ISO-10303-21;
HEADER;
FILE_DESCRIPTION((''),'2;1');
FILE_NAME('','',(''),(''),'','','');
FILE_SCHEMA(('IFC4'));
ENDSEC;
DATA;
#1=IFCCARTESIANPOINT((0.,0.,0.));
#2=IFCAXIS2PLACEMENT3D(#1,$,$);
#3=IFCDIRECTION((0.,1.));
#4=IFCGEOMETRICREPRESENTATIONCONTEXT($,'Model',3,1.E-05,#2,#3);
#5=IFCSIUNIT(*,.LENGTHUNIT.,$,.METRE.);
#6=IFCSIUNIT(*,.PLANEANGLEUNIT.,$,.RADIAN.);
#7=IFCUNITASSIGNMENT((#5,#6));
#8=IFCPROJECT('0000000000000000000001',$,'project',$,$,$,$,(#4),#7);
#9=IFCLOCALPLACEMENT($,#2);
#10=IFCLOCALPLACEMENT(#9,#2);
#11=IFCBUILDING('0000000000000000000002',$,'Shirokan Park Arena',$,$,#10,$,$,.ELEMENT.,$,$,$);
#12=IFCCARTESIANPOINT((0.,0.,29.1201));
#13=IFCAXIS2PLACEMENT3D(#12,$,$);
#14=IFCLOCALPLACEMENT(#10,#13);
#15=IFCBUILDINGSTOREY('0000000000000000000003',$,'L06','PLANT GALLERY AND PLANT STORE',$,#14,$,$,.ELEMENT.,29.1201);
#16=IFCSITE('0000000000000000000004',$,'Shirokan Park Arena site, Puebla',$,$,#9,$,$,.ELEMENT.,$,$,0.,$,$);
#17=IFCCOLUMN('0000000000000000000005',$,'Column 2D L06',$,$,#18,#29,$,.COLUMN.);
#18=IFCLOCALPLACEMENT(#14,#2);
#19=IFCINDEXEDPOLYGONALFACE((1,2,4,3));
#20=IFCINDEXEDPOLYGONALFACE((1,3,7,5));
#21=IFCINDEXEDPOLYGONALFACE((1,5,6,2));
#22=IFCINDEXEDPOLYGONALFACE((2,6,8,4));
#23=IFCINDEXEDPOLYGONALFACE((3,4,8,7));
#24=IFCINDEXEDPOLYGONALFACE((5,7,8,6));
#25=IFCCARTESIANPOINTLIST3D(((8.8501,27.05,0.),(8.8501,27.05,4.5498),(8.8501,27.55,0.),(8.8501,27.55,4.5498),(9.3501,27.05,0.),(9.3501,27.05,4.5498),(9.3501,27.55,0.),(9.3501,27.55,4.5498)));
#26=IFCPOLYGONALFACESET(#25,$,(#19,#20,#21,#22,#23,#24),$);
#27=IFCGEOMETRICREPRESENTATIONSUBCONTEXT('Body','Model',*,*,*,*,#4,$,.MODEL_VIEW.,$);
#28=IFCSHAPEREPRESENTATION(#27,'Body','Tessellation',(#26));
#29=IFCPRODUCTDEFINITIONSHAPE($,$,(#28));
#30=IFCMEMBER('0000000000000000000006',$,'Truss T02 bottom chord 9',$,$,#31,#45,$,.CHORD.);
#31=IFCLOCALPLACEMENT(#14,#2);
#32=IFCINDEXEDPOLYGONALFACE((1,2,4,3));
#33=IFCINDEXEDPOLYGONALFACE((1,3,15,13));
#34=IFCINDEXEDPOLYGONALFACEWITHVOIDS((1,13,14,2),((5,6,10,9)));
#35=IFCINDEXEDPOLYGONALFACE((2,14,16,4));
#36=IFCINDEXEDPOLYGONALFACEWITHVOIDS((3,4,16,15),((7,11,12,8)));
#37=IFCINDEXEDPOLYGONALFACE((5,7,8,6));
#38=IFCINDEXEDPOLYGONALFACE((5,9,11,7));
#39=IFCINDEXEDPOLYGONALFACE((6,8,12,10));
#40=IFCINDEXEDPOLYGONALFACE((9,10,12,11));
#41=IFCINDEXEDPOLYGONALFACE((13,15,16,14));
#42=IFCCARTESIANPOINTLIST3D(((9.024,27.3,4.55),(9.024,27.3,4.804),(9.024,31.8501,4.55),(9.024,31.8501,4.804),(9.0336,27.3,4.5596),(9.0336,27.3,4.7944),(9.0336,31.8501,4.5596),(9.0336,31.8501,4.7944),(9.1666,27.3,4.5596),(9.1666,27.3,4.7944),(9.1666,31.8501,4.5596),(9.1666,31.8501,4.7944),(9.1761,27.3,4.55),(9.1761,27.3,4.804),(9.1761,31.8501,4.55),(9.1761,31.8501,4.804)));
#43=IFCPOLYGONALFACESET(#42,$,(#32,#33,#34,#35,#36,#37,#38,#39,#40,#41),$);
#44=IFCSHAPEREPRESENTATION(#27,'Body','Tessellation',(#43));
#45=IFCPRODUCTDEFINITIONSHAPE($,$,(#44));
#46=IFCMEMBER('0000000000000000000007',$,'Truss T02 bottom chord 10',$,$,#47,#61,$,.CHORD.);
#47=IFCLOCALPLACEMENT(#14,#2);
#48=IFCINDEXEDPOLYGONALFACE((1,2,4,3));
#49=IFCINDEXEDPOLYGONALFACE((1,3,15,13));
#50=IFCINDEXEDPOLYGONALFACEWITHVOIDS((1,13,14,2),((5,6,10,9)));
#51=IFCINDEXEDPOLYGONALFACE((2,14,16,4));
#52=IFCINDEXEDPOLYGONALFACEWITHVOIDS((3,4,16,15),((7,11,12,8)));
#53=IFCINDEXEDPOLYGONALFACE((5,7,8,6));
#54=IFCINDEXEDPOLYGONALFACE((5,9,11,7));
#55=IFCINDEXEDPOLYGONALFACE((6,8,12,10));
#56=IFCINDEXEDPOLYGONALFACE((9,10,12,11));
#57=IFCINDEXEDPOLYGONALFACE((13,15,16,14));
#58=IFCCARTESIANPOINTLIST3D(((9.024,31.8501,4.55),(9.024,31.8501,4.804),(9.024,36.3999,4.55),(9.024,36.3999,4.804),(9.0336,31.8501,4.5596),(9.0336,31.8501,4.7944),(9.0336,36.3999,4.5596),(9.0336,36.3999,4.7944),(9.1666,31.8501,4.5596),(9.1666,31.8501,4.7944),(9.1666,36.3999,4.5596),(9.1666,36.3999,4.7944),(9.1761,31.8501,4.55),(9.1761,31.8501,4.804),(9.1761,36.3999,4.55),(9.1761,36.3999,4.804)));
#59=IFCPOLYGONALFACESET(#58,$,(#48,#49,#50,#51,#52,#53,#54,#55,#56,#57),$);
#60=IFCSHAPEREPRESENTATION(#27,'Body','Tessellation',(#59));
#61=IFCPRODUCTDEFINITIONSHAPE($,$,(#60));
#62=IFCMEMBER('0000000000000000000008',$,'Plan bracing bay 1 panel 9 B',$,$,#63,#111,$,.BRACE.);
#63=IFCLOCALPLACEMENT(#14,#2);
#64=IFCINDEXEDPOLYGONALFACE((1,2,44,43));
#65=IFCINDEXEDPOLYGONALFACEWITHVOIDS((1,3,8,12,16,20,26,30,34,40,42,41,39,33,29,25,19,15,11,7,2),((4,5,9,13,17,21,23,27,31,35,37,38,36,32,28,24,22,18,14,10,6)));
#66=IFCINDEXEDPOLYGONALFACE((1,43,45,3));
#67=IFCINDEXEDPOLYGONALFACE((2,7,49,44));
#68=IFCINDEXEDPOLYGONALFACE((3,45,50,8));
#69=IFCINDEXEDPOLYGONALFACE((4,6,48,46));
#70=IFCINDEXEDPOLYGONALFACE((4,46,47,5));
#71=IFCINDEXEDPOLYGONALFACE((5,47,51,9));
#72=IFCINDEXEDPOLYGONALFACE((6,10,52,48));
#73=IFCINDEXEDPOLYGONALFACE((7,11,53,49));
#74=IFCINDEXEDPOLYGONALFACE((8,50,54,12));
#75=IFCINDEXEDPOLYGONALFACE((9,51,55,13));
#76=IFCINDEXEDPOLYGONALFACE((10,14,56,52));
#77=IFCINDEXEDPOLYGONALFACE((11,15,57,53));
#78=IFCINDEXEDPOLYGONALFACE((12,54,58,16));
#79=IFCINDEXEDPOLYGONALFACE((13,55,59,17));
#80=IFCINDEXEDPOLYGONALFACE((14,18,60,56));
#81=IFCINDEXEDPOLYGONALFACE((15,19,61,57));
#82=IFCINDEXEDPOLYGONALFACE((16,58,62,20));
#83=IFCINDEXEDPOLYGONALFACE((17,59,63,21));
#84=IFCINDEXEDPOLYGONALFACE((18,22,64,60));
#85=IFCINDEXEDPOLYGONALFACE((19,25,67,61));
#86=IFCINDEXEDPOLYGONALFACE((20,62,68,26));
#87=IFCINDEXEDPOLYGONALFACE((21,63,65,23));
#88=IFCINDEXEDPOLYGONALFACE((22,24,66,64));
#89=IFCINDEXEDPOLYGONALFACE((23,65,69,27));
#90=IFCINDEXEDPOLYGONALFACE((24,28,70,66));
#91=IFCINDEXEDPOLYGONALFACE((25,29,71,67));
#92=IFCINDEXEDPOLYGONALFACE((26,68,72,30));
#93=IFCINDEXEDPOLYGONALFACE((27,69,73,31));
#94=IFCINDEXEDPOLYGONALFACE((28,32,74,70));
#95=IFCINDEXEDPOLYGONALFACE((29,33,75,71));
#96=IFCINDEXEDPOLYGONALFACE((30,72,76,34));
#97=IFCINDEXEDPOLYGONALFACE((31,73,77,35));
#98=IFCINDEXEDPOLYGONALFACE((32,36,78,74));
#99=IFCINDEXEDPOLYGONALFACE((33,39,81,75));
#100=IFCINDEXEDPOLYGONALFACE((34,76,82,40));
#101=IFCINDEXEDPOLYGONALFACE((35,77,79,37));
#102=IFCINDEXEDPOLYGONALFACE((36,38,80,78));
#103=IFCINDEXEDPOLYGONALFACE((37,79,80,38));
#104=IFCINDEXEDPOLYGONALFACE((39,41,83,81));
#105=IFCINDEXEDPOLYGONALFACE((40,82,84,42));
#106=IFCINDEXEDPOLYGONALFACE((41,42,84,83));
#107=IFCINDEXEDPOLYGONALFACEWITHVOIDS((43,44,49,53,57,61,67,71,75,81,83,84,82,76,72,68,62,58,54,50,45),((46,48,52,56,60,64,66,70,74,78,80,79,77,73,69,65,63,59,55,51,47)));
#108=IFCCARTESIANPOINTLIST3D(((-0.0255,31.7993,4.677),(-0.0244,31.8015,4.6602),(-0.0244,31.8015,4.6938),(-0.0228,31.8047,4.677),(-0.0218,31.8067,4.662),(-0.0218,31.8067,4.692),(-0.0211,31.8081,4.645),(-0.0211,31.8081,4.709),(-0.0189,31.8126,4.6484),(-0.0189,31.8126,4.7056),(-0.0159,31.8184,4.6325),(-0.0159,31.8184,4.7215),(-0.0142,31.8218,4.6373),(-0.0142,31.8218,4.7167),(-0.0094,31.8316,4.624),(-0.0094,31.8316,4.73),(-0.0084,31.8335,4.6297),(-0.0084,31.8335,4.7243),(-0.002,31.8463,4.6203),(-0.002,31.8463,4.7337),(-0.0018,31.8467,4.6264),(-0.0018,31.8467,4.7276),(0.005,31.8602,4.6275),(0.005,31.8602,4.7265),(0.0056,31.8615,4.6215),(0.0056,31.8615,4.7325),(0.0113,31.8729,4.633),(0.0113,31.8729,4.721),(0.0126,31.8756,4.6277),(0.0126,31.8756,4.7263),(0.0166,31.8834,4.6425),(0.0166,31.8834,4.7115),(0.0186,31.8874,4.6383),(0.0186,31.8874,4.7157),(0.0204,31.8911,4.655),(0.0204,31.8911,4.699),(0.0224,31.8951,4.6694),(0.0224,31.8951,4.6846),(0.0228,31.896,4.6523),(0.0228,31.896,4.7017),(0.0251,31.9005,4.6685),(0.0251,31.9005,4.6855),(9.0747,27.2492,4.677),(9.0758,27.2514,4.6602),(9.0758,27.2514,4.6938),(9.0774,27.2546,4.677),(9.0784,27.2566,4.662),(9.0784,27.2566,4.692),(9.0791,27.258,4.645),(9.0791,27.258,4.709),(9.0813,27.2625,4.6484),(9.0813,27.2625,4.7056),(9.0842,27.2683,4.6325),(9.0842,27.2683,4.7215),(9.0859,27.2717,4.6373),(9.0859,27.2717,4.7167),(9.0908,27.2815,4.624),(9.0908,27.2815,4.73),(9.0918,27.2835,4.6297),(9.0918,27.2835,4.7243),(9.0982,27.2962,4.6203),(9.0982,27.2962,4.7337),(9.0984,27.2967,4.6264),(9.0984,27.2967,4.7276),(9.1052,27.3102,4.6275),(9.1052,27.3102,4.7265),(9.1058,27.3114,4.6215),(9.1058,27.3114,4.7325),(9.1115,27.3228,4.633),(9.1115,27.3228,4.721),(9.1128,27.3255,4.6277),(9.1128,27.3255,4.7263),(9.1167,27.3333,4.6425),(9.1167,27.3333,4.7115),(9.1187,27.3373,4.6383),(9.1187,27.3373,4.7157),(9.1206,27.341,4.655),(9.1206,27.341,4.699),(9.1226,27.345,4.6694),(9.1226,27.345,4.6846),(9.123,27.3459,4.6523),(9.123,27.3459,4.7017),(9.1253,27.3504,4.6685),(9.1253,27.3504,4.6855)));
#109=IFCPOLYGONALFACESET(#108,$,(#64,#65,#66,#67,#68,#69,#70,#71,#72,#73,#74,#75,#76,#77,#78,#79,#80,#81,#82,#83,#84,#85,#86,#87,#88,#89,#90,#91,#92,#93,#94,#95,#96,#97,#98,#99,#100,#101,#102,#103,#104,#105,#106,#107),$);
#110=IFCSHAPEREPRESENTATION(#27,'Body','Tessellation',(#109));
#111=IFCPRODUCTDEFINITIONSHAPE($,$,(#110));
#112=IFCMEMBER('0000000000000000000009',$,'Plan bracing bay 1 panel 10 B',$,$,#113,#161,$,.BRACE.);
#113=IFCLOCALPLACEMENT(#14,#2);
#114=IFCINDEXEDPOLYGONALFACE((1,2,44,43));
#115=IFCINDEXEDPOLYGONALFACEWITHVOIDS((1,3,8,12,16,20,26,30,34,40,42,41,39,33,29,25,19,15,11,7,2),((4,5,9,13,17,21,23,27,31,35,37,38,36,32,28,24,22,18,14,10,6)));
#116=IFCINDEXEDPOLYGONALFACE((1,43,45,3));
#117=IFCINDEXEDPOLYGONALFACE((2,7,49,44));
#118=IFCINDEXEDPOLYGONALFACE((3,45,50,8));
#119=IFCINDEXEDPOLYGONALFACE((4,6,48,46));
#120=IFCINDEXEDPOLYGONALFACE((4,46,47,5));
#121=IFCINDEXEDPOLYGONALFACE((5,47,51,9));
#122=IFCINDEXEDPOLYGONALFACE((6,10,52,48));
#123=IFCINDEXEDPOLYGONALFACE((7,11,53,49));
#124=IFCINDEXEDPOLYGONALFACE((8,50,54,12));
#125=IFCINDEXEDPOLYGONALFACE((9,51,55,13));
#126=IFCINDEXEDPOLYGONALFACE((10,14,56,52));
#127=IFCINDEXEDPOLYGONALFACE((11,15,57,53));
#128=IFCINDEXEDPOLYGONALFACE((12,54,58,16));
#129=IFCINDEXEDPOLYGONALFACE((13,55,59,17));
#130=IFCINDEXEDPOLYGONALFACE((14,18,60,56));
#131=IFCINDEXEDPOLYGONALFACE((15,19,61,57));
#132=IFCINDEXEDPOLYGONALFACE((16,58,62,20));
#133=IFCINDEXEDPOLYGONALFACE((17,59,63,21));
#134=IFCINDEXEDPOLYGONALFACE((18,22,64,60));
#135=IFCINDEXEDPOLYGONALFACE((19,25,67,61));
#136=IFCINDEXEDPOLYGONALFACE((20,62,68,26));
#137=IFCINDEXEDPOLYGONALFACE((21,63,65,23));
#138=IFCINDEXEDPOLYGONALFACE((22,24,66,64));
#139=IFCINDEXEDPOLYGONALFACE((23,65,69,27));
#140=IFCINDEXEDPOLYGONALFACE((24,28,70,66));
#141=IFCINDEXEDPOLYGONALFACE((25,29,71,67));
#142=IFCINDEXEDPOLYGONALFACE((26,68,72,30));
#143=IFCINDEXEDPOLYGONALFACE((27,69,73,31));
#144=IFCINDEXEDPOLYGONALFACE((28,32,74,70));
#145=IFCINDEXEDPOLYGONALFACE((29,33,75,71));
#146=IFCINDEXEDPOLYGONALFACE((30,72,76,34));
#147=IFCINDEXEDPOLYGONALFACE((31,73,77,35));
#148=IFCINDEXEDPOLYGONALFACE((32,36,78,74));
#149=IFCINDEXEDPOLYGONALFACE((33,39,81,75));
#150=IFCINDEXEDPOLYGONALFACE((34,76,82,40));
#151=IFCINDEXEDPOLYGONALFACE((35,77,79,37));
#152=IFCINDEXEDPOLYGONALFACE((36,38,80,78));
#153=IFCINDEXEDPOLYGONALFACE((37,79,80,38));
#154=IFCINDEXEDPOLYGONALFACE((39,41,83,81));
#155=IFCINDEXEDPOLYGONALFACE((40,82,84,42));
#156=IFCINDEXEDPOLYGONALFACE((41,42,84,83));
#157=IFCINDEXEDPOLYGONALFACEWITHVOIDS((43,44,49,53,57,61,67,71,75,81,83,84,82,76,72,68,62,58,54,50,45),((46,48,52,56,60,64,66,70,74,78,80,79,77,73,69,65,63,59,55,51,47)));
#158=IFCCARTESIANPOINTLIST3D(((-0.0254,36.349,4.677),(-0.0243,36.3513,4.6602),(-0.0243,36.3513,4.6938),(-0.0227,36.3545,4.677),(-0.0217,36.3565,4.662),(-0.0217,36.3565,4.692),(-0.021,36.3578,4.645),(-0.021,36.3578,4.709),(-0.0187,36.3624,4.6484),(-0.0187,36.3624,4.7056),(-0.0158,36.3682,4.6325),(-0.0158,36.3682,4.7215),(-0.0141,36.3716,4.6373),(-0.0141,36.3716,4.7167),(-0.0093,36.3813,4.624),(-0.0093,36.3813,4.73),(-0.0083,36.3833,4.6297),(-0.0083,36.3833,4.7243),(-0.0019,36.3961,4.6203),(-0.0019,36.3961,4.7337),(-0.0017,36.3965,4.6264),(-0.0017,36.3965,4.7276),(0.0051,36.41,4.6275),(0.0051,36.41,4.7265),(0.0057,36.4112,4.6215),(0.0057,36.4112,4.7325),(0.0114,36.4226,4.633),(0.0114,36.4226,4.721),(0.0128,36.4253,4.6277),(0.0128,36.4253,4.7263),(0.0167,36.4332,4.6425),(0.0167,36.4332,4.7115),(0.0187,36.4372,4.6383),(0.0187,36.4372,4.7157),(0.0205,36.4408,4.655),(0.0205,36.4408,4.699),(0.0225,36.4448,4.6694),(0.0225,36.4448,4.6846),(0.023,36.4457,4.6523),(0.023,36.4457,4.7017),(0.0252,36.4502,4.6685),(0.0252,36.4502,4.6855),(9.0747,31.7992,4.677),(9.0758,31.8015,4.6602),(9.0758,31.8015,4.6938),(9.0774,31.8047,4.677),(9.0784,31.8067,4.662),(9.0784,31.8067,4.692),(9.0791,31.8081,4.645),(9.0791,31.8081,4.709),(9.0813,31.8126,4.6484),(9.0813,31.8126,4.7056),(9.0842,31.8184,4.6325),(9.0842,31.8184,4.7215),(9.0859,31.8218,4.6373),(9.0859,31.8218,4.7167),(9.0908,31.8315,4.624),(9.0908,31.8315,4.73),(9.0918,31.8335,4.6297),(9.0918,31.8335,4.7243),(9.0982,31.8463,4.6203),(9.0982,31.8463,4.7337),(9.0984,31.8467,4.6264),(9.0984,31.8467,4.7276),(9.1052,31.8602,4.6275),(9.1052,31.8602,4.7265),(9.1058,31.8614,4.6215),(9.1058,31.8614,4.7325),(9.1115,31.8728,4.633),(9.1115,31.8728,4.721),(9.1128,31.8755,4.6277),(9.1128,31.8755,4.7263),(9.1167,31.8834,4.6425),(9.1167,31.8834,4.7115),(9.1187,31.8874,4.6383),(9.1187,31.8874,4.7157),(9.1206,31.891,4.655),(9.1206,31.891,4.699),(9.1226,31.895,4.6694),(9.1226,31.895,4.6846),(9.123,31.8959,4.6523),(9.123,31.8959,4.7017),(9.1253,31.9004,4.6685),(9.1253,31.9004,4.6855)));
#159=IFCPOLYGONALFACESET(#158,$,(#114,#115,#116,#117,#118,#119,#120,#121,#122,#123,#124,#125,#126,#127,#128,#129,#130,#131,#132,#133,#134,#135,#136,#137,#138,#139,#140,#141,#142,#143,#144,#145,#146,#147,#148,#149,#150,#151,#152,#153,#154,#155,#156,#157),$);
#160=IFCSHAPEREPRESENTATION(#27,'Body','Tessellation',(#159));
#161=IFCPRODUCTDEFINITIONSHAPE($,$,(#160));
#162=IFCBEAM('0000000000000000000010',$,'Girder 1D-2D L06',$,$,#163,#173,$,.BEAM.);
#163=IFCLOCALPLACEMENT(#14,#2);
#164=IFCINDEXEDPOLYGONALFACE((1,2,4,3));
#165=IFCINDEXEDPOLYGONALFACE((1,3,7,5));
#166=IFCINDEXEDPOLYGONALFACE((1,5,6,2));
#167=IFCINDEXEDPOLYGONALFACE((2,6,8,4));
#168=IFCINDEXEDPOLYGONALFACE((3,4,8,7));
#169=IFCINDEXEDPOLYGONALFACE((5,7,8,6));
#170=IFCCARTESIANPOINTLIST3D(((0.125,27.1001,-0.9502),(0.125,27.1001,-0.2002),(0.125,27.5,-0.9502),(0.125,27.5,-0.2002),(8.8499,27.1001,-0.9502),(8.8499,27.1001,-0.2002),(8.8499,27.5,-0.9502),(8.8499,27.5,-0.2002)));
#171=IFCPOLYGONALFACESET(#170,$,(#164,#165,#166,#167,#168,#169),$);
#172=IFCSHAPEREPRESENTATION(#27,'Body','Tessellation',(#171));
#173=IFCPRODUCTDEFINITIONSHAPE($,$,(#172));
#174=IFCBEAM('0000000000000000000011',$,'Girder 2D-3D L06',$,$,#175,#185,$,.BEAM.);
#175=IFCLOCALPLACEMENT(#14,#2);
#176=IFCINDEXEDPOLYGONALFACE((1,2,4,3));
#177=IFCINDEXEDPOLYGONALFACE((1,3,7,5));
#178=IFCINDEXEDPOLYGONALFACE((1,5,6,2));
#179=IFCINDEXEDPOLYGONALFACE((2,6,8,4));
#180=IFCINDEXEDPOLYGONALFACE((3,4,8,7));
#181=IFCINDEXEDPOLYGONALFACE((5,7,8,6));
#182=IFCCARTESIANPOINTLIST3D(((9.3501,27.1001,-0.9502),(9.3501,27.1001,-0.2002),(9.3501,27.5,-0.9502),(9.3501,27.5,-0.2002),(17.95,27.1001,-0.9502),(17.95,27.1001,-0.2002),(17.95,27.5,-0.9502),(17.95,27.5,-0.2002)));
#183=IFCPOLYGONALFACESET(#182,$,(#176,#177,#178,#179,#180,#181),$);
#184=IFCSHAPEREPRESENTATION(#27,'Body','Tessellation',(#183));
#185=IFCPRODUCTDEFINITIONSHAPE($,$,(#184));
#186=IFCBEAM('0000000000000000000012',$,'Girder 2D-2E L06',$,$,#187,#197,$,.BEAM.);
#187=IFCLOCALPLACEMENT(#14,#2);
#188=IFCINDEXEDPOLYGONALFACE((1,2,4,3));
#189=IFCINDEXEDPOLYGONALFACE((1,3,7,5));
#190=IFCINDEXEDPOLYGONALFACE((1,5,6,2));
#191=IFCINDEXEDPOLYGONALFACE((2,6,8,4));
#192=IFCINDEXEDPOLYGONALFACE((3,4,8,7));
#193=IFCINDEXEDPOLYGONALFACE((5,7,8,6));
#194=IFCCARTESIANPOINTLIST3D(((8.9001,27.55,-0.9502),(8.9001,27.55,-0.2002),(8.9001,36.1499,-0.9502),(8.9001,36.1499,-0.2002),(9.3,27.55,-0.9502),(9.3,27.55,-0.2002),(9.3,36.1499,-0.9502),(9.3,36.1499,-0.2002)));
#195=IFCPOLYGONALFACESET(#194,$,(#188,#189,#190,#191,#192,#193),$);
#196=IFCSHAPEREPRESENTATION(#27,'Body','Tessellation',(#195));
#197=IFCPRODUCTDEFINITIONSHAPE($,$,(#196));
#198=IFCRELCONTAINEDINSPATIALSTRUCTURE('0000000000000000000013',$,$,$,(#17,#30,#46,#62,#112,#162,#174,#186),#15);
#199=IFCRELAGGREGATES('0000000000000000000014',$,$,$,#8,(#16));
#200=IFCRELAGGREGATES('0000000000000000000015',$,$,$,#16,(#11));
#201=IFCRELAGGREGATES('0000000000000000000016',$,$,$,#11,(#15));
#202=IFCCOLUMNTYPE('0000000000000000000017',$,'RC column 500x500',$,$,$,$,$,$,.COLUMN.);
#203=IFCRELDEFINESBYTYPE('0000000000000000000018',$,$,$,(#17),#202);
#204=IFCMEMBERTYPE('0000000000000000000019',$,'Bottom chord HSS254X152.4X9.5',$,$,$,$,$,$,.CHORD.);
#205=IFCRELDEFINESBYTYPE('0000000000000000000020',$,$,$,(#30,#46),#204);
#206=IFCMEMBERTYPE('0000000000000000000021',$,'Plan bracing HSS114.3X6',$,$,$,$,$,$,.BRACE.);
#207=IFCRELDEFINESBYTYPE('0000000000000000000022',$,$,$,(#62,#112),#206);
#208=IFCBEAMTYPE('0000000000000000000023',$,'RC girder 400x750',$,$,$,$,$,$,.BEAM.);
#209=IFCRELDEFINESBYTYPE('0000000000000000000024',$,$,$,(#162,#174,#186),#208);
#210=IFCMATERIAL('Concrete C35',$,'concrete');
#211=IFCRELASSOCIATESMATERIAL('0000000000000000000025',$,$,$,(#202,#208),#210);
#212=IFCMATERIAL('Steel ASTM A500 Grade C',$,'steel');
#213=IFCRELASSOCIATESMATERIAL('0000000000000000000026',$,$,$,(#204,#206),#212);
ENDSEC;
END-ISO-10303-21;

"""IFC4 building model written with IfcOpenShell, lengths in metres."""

from ifc_helpers import new_model, si_unit, direction, frame, origin, origin_2d, place, context, subcontext, project, spatial, rectangle, hollow_rectangle, hollow_circle, extrude, material, material_profile, profile_set, type_object, element, save


model = new_model("IFC4")

# Units and contexts
model_context = context("Model", 3, precision=1e-05, world=origin(), true_north=direction((0.0, 1.0)))
body_context = subcontext(model_context, "Body", "Model", "MODEL_VIEW")
ifc_project = project(units=[si_unit("LENGTHUNIT", "METRE"), si_unit("PLANEANGLEUNIT", "RADIAN")], contexts=[model_context])

# Site, building, storey
site_placement = place(None, origin())
site = spatial("IfcSite", under=ifc_project, at=site_placement, Name="Shirokan Park Arena site, Puebla", CompositionType="ELEMENT", RefElevation=0.0)
building_placement = place(site_placement, origin())
building = spatial("IfcBuilding", under=site, at=building_placement, Name="Shirokan Park Arena", CompositionType="ELEMENT")
storey_placement = place(building_placement, frame((0.0, 0.0, 29.1201)))
storey = spatial("IfcBuildingStorey", under=building, at=storey_placement, Name="L06", Description="PLANT GALLERY AND PLANT STORE", CompositionType="ELEMENT", Elevation=29.1201)

# Column
ifc_material_1 = material(Name="Concrete C35", Category="concrete")
ifc_material_profile_1 = material_profile(ifc_material_1, rectangle(XDim=0.5, YDim=0.5, at=origin_2d()), Name="500x500")
ifc_profile_set_1 = profile_set([ifc_material_profile_1], Name="Concrete C35")
column_type = type_object("IfcColumnType", Name="RC column 500x500", PredefinedType="COLUMN", material=ifc_profile_set_1)
column_placement = place(storey_placement, frame((9.1001, 27.3, 0.0), z_axis=(0.0, 0.0, 1.0), x_axis=(1.0, 0.0, 0.0)))
element("IfcColumn", 1, at=column_placement, inside=storey, type_object=column_type, Name="Column 2D L06", PredefinedType="COLUMN", context=body_context, shape_type="SweptSolid", body=[
    extrude(rectangle(XDim=0.5, YDim=0.5, at=origin_2d()), origin(), (0.0, 0.0, 1.0), 4.5498),
])

# Members
ifc_material_2 = material(Name="Steel ASTM A500 Grade C", Category="steel")
ifc_material_profile_2 = material_profile(ifc_material_2, hollow_rectangle(XDim=0.1521, YDim=0.2539, WallThickness=0.0095, at=origin_2d()), Name="HSS254X152.4X9.5")
ifc_profile_set_2 = profile_set([ifc_material_profile_2], Name="Steel ASTM A500 Grade C")
member_type_1 = type_object("IfcMemberType", Name="Bottom chord HSS254X152.4X9.5", PredefinedType="CHORD", material=ifc_profile_set_2)
member_1_placement = place(storey_placement, frame((9.1001, 27.3, 4.677), z_axis=(0.0, 1.0, 0.0), x_axis=(-1.0, 0.0, 0.0)))
element("IfcMember", 2, at=member_1_placement, inside=storey, type_object=member_type_1, Name="Truss T02 bottom chord 9", PredefinedType="CHORD", context=body_context, shape_type="SweptSolid", body=[
    extrude(hollow_rectangle(XDim=0.1521, YDim=0.2539, WallThickness=0.0095, at=origin_2d()), origin(), (0.0, 0.0, 1.0), 4.55),
])
member_2_placement = place(storey_placement, frame((9.1001, 31.8501, 4.677), z_axis=(0.0, 1.0, 0.0), x_axis=(-1.0, 0.0, 0.0)))
element("IfcMember", 3, at=member_2_placement, inside=storey, type_object=member_type_1, Name="Truss T02 bottom chord 10", PredefinedType="CHORD", context=body_context, shape_type="SweptSolid", body=[
    extrude(hollow_rectangle(XDim=0.1521, YDim=0.2539, WallThickness=0.0095, at=origin_2d()), origin(), (0.0, 0.0, 1.0), 4.5498),
])
ifc_material_profile_3 = material_profile(ifc_material_2, hollow_circle(Radius=0.0569, WallThickness=0.0061, at=origin_2d()), Name="HSS114.3X6")
ifc_profile_set_3 = profile_set([ifc_material_profile_3], Name="Steel ASTM A500 Grade C")
member_type_2 = type_object("IfcMemberType", Name="Plan bracing HSS114.3X6", PredefinedType="BRACE", material=ifc_profile_set_3)
member_3_placement = place(storey_placement, frame((9.1001, 27.3, 4.677), z_axis=(-0.894427, 0.447214, 0.0), x_axis=(-0.447214, -0.894427, 0.0)))
element("IfcMember", 4, at=member_3_placement, inside=storey, type_object=member_type_2, Name="Plan bracing bay 1 panel 9 B", PredefinedType="BRACE", context=body_context, shape_type="SweptSolid", body=[
    extrude(hollow_circle(Radius=0.0569, WallThickness=0.0061, at=origin_2d()), origin(), (0.0, 0.0, 1.0), 10.1743),
])
member_4_placement = place(storey_placement, frame((9.1001, 31.8501, 4.677), z_axis=(-0.894437, 0.447194, 0.0), x_axis=(-0.447194, -0.894437, 0.0)))
element("IfcMember", 5, at=member_4_placement, inside=storey, type_object=member_type_2, Name="Plan bracing bay 1 panel 10 B", PredefinedType="BRACE", context=body_context, shape_type="SweptSolid", body=[
    extrude(hollow_circle(Radius=0.0569, WallThickness=0.0061, at=origin_2d()), origin(), (0.0, 0.0, 1.0), 10.1741),
])

# Beams
ifc_material_profile_4 = material_profile(ifc_material_1, rectangle(XDim=0.3999, YDim=0.75, at=origin_2d()), Name="400x750")
ifc_profile_set_4 = profile_set([ifc_material_profile_4], Name="Concrete C35")
beam_type_1 = type_object("IfcBeamType", Name="RC girder 400x750", PredefinedType="BEAM", material=ifc_profile_set_4)
beam_placement = place(storey_placement, frame((0.125, 27.3, -0.5752), z_axis=(1.0, 0.0, 0.0), x_axis=(0.0, 1.0, 0.0)))
element("IfcBeam", 6, at=beam_placement, inside=storey, type_object=beam_type_1, Name="Girder 1D-2D L06", PredefinedType="BEAM", context=body_context, shape_type="SweptSolid", body=[
    extrude(rectangle(XDim=0.3999, YDim=0.75, at=origin_2d()), origin(), (0.0, 0.0, 1.0), 8.7249),
])
for number, where, z_axis, x_axis, name in (
    (7, (9.3501, 27.3, -0.5752), (1.0, 0.0, 0.0), (0.0, 1.0, 0.0), "Girder 2D-3D L06"),
    (8, (9.1001, 27.55, -0.5752), (0.0, 1.0, 0.0), (-1.0, 0.0, 0.0), "Girder 2D-2E L06"),
):
    element("IfcBeam", number, at=place(storey_placement, frame(where, z_axis=z_axis, x_axis=x_axis)), inside=storey, type_object=beam_type_1, Name=name, PredefinedType="BEAM", context=body_context, shape_type="SweptSolid", body=[
        extrude(rectangle(XDim=0.3999, YDim=0.75, at=origin_2d()), origin(), (0.0, 0.0, 1.0), 8.5999),
    ])

save(model, "model.ifc")
